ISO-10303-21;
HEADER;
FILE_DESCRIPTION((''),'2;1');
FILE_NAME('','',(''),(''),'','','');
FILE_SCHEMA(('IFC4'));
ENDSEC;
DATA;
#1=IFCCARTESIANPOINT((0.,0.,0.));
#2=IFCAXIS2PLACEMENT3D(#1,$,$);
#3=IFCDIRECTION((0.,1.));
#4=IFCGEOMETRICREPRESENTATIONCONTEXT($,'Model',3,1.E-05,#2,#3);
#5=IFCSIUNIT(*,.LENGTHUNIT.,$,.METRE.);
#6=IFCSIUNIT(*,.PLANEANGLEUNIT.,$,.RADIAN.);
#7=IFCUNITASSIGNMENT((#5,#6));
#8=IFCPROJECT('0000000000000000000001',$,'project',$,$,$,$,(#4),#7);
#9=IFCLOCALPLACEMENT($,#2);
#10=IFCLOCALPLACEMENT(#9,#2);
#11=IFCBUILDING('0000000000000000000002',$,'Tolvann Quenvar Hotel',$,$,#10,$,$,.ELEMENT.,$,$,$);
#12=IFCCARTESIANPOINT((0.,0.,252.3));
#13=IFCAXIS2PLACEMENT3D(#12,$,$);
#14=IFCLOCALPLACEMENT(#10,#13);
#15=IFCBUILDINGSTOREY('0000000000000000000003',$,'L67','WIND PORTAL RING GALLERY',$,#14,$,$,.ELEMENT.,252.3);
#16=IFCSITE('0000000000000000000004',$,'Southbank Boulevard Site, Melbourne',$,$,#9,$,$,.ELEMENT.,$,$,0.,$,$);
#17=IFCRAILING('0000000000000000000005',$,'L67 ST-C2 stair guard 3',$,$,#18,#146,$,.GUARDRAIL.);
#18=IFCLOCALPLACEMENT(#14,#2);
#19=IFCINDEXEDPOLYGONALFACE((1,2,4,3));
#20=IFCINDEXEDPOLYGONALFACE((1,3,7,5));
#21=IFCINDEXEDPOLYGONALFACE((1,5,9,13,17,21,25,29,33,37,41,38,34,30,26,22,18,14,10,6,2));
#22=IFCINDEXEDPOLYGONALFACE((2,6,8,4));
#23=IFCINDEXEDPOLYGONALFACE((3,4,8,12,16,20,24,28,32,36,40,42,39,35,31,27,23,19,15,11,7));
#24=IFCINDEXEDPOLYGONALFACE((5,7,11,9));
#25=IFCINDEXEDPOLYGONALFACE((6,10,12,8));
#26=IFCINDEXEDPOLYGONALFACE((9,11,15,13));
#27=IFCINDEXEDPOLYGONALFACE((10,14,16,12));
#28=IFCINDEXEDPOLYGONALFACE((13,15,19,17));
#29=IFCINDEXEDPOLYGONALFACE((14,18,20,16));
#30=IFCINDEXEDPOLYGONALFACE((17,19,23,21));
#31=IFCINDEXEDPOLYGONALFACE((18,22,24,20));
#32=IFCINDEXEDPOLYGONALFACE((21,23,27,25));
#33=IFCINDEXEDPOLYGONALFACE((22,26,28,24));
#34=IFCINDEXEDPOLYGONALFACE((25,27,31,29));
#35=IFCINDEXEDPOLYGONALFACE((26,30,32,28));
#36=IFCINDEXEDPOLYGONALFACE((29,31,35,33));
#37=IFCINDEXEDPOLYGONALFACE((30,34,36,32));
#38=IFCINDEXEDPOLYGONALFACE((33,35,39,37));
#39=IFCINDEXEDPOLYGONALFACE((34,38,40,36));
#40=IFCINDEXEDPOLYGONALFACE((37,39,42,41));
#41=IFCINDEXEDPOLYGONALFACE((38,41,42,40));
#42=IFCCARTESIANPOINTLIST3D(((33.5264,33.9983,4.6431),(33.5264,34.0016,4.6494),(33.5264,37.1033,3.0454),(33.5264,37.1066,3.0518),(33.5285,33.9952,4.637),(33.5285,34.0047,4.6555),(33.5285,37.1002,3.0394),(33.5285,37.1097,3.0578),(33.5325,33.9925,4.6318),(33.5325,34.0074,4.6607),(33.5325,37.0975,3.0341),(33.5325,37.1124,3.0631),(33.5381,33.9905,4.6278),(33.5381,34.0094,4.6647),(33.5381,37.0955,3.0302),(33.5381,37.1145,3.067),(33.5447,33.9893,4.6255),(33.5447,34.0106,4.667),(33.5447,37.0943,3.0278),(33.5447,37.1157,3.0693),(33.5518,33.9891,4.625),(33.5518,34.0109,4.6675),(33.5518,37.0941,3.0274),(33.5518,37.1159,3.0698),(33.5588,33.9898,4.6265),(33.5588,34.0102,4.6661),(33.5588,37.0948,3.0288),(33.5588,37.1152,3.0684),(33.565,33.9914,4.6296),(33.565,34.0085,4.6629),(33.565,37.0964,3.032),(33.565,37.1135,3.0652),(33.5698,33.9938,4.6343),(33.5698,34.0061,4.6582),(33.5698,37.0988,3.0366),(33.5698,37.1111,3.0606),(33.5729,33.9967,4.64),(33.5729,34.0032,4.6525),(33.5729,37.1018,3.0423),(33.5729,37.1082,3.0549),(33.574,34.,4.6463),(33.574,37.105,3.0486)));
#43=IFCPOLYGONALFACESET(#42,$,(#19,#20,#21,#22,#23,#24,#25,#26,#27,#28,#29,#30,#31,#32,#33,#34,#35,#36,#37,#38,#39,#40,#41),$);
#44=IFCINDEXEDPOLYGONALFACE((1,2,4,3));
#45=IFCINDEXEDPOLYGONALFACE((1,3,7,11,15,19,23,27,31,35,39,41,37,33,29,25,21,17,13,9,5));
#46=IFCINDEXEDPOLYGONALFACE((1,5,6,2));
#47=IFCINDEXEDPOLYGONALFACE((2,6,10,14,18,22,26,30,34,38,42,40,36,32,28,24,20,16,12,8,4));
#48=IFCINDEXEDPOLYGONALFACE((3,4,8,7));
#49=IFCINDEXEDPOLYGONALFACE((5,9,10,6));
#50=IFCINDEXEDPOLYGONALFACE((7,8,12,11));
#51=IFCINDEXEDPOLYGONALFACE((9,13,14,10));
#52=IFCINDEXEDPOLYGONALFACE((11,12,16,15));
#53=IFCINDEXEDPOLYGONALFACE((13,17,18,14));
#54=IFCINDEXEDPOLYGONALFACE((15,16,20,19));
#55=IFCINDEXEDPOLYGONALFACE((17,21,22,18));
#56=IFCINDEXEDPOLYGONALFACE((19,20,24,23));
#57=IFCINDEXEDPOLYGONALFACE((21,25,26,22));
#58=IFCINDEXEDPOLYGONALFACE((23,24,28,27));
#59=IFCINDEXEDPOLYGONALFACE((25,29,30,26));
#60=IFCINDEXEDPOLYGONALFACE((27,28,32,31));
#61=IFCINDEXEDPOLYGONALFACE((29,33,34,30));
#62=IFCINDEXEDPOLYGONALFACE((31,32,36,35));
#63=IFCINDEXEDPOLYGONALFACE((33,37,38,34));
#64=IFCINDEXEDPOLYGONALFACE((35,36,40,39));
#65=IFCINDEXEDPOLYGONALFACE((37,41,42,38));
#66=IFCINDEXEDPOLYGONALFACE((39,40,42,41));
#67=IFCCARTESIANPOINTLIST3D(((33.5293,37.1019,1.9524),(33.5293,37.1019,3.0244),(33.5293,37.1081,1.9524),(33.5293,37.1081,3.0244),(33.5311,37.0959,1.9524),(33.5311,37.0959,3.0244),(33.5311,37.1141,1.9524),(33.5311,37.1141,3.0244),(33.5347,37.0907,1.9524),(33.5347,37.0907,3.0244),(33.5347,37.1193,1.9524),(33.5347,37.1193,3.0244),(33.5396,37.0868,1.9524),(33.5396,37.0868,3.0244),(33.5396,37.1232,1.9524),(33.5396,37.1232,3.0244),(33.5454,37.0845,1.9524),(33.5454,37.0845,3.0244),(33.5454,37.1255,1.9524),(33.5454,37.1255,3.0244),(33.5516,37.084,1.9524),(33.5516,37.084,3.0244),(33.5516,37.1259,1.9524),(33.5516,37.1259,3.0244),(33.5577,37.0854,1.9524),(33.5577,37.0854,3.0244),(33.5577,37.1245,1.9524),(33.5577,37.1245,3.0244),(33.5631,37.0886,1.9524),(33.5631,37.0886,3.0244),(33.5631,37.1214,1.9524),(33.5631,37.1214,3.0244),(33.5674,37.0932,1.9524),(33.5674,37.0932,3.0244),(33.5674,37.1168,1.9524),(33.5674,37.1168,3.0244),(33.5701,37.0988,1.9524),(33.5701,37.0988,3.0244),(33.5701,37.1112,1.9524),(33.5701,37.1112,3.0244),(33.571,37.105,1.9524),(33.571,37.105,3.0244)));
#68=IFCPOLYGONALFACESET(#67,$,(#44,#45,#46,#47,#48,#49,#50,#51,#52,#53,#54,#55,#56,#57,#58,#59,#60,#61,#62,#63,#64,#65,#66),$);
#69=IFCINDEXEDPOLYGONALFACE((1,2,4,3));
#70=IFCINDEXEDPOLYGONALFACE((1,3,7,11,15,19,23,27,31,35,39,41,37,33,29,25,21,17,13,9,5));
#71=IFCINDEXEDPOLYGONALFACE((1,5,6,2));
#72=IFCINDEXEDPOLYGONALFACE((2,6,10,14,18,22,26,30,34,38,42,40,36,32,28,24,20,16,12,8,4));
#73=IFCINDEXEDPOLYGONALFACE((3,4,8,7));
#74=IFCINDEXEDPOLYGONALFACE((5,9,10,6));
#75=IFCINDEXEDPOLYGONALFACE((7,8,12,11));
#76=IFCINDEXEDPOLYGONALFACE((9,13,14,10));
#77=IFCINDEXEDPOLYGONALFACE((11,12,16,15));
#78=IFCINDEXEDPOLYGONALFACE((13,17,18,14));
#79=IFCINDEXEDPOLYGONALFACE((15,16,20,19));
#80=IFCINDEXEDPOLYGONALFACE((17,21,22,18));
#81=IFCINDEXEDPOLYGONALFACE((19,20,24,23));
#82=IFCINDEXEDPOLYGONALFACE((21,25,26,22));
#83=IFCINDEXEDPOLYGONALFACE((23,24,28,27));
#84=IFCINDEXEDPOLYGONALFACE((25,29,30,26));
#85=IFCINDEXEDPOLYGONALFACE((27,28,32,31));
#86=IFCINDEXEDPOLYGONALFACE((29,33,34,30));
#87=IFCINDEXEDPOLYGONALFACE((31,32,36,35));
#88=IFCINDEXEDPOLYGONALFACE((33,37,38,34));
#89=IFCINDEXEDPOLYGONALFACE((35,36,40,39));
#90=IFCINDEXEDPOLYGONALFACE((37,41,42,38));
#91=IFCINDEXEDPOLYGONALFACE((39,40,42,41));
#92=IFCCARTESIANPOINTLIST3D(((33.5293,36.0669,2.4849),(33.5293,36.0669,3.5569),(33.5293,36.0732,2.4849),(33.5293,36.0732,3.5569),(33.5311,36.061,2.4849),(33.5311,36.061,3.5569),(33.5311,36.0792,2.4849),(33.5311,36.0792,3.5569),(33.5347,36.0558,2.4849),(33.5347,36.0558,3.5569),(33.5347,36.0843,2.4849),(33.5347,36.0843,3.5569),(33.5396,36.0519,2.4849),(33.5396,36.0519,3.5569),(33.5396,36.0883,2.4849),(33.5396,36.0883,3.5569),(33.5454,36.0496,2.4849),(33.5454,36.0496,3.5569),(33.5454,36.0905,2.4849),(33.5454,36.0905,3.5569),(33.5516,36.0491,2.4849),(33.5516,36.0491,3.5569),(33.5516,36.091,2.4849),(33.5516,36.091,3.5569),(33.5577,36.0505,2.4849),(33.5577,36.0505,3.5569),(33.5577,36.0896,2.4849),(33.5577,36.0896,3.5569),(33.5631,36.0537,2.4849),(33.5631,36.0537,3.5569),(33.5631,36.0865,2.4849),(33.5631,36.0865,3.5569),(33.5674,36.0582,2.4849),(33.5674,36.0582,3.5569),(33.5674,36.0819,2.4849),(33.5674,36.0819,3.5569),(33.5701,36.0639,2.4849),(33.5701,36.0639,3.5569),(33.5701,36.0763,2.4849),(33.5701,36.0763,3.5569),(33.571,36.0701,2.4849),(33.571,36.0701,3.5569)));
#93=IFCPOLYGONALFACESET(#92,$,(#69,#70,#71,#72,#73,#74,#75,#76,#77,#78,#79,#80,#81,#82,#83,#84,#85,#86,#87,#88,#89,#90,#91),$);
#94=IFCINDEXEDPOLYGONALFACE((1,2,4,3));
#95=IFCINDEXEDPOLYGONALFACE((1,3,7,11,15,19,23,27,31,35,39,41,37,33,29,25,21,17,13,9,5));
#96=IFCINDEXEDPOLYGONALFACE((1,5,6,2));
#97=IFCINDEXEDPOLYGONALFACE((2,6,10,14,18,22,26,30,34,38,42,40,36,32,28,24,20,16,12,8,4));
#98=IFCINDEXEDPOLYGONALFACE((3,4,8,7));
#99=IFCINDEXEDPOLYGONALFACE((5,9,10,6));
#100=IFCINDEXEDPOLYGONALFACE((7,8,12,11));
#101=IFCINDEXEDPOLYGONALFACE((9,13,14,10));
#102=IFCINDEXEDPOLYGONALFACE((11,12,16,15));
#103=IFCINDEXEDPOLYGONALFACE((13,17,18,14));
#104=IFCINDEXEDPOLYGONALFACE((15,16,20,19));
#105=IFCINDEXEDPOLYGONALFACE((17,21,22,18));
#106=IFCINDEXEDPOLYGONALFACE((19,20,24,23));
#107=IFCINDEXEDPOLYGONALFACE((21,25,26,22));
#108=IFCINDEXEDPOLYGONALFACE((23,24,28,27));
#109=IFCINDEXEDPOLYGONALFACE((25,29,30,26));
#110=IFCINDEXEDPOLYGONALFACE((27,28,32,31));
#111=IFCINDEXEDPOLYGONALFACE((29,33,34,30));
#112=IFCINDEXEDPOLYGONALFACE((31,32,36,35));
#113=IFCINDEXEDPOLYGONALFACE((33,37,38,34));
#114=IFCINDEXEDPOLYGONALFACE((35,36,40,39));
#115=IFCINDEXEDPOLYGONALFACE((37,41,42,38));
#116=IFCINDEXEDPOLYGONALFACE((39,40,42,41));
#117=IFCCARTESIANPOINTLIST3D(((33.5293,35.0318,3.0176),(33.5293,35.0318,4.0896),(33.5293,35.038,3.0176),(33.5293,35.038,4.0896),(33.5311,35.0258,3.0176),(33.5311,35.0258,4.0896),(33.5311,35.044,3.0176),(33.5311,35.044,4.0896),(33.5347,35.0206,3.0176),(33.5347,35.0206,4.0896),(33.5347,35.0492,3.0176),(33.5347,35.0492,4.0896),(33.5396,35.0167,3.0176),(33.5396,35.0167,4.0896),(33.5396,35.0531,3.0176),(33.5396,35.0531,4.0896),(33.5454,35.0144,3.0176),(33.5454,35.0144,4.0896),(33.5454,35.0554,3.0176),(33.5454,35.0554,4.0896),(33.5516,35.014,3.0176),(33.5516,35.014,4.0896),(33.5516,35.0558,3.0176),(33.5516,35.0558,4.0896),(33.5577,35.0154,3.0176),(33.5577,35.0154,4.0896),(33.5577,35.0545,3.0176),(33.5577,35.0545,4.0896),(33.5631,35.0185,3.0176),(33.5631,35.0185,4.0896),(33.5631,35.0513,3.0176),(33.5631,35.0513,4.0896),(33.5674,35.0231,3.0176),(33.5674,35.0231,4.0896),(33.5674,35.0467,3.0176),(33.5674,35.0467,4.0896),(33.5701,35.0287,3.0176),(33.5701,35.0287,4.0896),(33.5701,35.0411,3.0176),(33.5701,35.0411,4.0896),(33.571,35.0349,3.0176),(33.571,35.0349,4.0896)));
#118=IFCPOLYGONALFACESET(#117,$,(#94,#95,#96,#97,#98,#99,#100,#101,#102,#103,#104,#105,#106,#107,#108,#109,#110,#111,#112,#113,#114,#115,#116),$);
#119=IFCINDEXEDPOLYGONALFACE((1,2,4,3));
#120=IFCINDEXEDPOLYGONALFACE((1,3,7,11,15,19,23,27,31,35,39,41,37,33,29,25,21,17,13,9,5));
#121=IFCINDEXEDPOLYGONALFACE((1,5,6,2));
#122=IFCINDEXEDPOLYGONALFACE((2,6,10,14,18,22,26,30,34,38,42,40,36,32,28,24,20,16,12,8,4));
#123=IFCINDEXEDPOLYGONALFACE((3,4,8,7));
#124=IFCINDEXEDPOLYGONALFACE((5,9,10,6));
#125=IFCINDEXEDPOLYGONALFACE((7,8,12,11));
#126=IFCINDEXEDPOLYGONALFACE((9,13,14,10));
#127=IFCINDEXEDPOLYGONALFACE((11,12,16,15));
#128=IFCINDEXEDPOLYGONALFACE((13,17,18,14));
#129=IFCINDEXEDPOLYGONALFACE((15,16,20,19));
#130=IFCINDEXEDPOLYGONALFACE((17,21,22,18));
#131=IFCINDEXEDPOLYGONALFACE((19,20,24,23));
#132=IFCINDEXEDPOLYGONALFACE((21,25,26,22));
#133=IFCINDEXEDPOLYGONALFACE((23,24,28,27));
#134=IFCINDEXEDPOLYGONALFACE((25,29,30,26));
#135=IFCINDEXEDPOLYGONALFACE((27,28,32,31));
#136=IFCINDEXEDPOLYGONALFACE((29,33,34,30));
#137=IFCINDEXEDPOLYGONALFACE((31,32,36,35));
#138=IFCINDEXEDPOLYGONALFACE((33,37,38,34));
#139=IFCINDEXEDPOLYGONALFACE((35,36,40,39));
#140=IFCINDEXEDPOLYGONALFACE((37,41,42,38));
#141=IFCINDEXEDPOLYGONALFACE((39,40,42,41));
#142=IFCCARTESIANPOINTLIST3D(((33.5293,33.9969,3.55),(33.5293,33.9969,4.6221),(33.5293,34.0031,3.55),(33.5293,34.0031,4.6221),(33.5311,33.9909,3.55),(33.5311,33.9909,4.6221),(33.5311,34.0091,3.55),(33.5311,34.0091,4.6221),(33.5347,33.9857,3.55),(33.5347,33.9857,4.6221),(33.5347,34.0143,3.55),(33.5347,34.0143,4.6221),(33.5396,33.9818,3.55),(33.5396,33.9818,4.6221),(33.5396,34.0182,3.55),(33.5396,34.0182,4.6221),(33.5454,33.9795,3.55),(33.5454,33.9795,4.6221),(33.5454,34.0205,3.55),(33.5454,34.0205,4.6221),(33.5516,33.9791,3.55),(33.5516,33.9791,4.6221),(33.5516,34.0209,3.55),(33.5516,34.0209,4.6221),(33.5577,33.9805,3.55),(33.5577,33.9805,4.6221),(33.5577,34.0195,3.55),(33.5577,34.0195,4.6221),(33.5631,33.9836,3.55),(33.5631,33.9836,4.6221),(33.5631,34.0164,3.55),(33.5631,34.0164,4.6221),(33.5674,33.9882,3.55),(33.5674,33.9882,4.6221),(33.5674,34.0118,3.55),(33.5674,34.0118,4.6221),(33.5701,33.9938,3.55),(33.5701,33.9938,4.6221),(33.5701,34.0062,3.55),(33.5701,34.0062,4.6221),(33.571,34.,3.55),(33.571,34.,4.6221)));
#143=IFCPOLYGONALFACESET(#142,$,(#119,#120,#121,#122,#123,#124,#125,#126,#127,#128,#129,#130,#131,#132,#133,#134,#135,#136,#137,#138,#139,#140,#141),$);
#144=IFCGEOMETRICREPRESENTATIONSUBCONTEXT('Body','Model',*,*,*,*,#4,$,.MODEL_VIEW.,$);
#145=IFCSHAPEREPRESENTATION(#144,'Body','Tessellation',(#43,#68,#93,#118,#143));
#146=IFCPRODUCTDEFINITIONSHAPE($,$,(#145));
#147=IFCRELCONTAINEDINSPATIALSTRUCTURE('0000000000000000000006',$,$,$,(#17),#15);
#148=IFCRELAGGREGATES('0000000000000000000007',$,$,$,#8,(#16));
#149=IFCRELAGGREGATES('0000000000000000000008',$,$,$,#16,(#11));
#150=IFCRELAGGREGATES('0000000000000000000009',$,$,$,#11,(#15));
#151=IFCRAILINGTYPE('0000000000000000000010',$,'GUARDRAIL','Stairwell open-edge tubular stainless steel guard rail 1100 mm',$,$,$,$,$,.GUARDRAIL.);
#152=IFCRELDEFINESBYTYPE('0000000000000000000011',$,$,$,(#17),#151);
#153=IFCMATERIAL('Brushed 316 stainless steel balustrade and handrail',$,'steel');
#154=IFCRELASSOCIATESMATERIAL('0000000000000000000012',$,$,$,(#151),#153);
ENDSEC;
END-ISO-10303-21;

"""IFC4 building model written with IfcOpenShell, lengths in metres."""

from ifc_helpers import new_model, si_unit, direction, frame, origin, origin_2d, place, context, subcontext, project, spatial, circle, extrude, material, type_object, element, save


model = new_model("IFC4")

# Units and contexts
model_context = context("Model", 3, precision=1e-05, world=origin(), true_north=direction((0.0, 1.0)))
body_context = subcontext(model_context, "Body", "Model", "MODEL_VIEW")
ifc_project = project(units=[si_unit("LENGTHUNIT", "METRE"), si_unit("PLANEANGLEUNIT", "RADIAN")], contexts=[model_context])

# Site, building, storey
site_placement = place(None, origin())
site = spatial("IfcSite", under=ifc_project, at=site_placement, Name="Southbank Boulevard Site, Melbourne", CompositionType="ELEMENT", RefElevation=0.0)
building_placement = place(site_placement, origin())
building = spatial("IfcBuilding", under=site, at=building_placement, Name="Tolvann Quenvar Hotel", CompositionType="ELEMENT")
storey_placement = place(building_placement, frame((0.0, 0.0, 252.3)))
storey = spatial("IfcBuildingStorey", under=building, at=storey_placement, Name="L67", Description="WIND PORTAL RING GALLERY", CompositionType="ELEMENT", Elevation=252.3)

# Railing
ifc_material_1 = material(Name="Brushed 316 stainless steel balustrade and handrail", Category="steel")
railing_type_1 = type_object("IfcRailingType", Name="GUARDRAIL", Description="Stairwell open-edge tubular stainless steel guard rail 1100 mm", PredefinedType="GUARDRAIL", material=ifc_material_1)
railing_1_placement = place(storey_placement, frame((33.55, 37.105, 1.9524)))
element("IfcRailing", 1, at=railing_1_placement, inside=storey, type_object=railing_type_1, Name="L67 ST-C2 stair guard 3", PredefinedType="GUARDRAIL", context=body_context, shape_type="SweptSolid", body=[
    extrude(circle(Radius=0.0239, at=origin_2d()), frame((0.0, 0.0, 1.0962), z_axis=(0.0, -0.889194, 0.457531), x_axis=(1.0, 0.0, 0.0)), (0.0, 0.0, 1.0), 3.4919),
    extrude(circle(Radius=0.021, at=origin_2d()), origin(), (0.0, 0.0, 1.0), 1.072),
    extrude(circle(Radius=0.021, at=origin_2d()), frame((0.0, -1.0349, 0.5325)), (0.0, 0.0, 1.0), 1.072),
    extrude(circle(Radius=0.021, at=origin_2d()), frame((0.0, -2.0701, 1.0652)), (0.0, 0.0, 1.0), 1.072),
    extrude(circle(Radius=0.021, at=origin_2d()), frame((0.0, -3.105, 1.5977)), (0.0, 0.0, 1.0), 1.072),
])

save(model, "model.ifc")
